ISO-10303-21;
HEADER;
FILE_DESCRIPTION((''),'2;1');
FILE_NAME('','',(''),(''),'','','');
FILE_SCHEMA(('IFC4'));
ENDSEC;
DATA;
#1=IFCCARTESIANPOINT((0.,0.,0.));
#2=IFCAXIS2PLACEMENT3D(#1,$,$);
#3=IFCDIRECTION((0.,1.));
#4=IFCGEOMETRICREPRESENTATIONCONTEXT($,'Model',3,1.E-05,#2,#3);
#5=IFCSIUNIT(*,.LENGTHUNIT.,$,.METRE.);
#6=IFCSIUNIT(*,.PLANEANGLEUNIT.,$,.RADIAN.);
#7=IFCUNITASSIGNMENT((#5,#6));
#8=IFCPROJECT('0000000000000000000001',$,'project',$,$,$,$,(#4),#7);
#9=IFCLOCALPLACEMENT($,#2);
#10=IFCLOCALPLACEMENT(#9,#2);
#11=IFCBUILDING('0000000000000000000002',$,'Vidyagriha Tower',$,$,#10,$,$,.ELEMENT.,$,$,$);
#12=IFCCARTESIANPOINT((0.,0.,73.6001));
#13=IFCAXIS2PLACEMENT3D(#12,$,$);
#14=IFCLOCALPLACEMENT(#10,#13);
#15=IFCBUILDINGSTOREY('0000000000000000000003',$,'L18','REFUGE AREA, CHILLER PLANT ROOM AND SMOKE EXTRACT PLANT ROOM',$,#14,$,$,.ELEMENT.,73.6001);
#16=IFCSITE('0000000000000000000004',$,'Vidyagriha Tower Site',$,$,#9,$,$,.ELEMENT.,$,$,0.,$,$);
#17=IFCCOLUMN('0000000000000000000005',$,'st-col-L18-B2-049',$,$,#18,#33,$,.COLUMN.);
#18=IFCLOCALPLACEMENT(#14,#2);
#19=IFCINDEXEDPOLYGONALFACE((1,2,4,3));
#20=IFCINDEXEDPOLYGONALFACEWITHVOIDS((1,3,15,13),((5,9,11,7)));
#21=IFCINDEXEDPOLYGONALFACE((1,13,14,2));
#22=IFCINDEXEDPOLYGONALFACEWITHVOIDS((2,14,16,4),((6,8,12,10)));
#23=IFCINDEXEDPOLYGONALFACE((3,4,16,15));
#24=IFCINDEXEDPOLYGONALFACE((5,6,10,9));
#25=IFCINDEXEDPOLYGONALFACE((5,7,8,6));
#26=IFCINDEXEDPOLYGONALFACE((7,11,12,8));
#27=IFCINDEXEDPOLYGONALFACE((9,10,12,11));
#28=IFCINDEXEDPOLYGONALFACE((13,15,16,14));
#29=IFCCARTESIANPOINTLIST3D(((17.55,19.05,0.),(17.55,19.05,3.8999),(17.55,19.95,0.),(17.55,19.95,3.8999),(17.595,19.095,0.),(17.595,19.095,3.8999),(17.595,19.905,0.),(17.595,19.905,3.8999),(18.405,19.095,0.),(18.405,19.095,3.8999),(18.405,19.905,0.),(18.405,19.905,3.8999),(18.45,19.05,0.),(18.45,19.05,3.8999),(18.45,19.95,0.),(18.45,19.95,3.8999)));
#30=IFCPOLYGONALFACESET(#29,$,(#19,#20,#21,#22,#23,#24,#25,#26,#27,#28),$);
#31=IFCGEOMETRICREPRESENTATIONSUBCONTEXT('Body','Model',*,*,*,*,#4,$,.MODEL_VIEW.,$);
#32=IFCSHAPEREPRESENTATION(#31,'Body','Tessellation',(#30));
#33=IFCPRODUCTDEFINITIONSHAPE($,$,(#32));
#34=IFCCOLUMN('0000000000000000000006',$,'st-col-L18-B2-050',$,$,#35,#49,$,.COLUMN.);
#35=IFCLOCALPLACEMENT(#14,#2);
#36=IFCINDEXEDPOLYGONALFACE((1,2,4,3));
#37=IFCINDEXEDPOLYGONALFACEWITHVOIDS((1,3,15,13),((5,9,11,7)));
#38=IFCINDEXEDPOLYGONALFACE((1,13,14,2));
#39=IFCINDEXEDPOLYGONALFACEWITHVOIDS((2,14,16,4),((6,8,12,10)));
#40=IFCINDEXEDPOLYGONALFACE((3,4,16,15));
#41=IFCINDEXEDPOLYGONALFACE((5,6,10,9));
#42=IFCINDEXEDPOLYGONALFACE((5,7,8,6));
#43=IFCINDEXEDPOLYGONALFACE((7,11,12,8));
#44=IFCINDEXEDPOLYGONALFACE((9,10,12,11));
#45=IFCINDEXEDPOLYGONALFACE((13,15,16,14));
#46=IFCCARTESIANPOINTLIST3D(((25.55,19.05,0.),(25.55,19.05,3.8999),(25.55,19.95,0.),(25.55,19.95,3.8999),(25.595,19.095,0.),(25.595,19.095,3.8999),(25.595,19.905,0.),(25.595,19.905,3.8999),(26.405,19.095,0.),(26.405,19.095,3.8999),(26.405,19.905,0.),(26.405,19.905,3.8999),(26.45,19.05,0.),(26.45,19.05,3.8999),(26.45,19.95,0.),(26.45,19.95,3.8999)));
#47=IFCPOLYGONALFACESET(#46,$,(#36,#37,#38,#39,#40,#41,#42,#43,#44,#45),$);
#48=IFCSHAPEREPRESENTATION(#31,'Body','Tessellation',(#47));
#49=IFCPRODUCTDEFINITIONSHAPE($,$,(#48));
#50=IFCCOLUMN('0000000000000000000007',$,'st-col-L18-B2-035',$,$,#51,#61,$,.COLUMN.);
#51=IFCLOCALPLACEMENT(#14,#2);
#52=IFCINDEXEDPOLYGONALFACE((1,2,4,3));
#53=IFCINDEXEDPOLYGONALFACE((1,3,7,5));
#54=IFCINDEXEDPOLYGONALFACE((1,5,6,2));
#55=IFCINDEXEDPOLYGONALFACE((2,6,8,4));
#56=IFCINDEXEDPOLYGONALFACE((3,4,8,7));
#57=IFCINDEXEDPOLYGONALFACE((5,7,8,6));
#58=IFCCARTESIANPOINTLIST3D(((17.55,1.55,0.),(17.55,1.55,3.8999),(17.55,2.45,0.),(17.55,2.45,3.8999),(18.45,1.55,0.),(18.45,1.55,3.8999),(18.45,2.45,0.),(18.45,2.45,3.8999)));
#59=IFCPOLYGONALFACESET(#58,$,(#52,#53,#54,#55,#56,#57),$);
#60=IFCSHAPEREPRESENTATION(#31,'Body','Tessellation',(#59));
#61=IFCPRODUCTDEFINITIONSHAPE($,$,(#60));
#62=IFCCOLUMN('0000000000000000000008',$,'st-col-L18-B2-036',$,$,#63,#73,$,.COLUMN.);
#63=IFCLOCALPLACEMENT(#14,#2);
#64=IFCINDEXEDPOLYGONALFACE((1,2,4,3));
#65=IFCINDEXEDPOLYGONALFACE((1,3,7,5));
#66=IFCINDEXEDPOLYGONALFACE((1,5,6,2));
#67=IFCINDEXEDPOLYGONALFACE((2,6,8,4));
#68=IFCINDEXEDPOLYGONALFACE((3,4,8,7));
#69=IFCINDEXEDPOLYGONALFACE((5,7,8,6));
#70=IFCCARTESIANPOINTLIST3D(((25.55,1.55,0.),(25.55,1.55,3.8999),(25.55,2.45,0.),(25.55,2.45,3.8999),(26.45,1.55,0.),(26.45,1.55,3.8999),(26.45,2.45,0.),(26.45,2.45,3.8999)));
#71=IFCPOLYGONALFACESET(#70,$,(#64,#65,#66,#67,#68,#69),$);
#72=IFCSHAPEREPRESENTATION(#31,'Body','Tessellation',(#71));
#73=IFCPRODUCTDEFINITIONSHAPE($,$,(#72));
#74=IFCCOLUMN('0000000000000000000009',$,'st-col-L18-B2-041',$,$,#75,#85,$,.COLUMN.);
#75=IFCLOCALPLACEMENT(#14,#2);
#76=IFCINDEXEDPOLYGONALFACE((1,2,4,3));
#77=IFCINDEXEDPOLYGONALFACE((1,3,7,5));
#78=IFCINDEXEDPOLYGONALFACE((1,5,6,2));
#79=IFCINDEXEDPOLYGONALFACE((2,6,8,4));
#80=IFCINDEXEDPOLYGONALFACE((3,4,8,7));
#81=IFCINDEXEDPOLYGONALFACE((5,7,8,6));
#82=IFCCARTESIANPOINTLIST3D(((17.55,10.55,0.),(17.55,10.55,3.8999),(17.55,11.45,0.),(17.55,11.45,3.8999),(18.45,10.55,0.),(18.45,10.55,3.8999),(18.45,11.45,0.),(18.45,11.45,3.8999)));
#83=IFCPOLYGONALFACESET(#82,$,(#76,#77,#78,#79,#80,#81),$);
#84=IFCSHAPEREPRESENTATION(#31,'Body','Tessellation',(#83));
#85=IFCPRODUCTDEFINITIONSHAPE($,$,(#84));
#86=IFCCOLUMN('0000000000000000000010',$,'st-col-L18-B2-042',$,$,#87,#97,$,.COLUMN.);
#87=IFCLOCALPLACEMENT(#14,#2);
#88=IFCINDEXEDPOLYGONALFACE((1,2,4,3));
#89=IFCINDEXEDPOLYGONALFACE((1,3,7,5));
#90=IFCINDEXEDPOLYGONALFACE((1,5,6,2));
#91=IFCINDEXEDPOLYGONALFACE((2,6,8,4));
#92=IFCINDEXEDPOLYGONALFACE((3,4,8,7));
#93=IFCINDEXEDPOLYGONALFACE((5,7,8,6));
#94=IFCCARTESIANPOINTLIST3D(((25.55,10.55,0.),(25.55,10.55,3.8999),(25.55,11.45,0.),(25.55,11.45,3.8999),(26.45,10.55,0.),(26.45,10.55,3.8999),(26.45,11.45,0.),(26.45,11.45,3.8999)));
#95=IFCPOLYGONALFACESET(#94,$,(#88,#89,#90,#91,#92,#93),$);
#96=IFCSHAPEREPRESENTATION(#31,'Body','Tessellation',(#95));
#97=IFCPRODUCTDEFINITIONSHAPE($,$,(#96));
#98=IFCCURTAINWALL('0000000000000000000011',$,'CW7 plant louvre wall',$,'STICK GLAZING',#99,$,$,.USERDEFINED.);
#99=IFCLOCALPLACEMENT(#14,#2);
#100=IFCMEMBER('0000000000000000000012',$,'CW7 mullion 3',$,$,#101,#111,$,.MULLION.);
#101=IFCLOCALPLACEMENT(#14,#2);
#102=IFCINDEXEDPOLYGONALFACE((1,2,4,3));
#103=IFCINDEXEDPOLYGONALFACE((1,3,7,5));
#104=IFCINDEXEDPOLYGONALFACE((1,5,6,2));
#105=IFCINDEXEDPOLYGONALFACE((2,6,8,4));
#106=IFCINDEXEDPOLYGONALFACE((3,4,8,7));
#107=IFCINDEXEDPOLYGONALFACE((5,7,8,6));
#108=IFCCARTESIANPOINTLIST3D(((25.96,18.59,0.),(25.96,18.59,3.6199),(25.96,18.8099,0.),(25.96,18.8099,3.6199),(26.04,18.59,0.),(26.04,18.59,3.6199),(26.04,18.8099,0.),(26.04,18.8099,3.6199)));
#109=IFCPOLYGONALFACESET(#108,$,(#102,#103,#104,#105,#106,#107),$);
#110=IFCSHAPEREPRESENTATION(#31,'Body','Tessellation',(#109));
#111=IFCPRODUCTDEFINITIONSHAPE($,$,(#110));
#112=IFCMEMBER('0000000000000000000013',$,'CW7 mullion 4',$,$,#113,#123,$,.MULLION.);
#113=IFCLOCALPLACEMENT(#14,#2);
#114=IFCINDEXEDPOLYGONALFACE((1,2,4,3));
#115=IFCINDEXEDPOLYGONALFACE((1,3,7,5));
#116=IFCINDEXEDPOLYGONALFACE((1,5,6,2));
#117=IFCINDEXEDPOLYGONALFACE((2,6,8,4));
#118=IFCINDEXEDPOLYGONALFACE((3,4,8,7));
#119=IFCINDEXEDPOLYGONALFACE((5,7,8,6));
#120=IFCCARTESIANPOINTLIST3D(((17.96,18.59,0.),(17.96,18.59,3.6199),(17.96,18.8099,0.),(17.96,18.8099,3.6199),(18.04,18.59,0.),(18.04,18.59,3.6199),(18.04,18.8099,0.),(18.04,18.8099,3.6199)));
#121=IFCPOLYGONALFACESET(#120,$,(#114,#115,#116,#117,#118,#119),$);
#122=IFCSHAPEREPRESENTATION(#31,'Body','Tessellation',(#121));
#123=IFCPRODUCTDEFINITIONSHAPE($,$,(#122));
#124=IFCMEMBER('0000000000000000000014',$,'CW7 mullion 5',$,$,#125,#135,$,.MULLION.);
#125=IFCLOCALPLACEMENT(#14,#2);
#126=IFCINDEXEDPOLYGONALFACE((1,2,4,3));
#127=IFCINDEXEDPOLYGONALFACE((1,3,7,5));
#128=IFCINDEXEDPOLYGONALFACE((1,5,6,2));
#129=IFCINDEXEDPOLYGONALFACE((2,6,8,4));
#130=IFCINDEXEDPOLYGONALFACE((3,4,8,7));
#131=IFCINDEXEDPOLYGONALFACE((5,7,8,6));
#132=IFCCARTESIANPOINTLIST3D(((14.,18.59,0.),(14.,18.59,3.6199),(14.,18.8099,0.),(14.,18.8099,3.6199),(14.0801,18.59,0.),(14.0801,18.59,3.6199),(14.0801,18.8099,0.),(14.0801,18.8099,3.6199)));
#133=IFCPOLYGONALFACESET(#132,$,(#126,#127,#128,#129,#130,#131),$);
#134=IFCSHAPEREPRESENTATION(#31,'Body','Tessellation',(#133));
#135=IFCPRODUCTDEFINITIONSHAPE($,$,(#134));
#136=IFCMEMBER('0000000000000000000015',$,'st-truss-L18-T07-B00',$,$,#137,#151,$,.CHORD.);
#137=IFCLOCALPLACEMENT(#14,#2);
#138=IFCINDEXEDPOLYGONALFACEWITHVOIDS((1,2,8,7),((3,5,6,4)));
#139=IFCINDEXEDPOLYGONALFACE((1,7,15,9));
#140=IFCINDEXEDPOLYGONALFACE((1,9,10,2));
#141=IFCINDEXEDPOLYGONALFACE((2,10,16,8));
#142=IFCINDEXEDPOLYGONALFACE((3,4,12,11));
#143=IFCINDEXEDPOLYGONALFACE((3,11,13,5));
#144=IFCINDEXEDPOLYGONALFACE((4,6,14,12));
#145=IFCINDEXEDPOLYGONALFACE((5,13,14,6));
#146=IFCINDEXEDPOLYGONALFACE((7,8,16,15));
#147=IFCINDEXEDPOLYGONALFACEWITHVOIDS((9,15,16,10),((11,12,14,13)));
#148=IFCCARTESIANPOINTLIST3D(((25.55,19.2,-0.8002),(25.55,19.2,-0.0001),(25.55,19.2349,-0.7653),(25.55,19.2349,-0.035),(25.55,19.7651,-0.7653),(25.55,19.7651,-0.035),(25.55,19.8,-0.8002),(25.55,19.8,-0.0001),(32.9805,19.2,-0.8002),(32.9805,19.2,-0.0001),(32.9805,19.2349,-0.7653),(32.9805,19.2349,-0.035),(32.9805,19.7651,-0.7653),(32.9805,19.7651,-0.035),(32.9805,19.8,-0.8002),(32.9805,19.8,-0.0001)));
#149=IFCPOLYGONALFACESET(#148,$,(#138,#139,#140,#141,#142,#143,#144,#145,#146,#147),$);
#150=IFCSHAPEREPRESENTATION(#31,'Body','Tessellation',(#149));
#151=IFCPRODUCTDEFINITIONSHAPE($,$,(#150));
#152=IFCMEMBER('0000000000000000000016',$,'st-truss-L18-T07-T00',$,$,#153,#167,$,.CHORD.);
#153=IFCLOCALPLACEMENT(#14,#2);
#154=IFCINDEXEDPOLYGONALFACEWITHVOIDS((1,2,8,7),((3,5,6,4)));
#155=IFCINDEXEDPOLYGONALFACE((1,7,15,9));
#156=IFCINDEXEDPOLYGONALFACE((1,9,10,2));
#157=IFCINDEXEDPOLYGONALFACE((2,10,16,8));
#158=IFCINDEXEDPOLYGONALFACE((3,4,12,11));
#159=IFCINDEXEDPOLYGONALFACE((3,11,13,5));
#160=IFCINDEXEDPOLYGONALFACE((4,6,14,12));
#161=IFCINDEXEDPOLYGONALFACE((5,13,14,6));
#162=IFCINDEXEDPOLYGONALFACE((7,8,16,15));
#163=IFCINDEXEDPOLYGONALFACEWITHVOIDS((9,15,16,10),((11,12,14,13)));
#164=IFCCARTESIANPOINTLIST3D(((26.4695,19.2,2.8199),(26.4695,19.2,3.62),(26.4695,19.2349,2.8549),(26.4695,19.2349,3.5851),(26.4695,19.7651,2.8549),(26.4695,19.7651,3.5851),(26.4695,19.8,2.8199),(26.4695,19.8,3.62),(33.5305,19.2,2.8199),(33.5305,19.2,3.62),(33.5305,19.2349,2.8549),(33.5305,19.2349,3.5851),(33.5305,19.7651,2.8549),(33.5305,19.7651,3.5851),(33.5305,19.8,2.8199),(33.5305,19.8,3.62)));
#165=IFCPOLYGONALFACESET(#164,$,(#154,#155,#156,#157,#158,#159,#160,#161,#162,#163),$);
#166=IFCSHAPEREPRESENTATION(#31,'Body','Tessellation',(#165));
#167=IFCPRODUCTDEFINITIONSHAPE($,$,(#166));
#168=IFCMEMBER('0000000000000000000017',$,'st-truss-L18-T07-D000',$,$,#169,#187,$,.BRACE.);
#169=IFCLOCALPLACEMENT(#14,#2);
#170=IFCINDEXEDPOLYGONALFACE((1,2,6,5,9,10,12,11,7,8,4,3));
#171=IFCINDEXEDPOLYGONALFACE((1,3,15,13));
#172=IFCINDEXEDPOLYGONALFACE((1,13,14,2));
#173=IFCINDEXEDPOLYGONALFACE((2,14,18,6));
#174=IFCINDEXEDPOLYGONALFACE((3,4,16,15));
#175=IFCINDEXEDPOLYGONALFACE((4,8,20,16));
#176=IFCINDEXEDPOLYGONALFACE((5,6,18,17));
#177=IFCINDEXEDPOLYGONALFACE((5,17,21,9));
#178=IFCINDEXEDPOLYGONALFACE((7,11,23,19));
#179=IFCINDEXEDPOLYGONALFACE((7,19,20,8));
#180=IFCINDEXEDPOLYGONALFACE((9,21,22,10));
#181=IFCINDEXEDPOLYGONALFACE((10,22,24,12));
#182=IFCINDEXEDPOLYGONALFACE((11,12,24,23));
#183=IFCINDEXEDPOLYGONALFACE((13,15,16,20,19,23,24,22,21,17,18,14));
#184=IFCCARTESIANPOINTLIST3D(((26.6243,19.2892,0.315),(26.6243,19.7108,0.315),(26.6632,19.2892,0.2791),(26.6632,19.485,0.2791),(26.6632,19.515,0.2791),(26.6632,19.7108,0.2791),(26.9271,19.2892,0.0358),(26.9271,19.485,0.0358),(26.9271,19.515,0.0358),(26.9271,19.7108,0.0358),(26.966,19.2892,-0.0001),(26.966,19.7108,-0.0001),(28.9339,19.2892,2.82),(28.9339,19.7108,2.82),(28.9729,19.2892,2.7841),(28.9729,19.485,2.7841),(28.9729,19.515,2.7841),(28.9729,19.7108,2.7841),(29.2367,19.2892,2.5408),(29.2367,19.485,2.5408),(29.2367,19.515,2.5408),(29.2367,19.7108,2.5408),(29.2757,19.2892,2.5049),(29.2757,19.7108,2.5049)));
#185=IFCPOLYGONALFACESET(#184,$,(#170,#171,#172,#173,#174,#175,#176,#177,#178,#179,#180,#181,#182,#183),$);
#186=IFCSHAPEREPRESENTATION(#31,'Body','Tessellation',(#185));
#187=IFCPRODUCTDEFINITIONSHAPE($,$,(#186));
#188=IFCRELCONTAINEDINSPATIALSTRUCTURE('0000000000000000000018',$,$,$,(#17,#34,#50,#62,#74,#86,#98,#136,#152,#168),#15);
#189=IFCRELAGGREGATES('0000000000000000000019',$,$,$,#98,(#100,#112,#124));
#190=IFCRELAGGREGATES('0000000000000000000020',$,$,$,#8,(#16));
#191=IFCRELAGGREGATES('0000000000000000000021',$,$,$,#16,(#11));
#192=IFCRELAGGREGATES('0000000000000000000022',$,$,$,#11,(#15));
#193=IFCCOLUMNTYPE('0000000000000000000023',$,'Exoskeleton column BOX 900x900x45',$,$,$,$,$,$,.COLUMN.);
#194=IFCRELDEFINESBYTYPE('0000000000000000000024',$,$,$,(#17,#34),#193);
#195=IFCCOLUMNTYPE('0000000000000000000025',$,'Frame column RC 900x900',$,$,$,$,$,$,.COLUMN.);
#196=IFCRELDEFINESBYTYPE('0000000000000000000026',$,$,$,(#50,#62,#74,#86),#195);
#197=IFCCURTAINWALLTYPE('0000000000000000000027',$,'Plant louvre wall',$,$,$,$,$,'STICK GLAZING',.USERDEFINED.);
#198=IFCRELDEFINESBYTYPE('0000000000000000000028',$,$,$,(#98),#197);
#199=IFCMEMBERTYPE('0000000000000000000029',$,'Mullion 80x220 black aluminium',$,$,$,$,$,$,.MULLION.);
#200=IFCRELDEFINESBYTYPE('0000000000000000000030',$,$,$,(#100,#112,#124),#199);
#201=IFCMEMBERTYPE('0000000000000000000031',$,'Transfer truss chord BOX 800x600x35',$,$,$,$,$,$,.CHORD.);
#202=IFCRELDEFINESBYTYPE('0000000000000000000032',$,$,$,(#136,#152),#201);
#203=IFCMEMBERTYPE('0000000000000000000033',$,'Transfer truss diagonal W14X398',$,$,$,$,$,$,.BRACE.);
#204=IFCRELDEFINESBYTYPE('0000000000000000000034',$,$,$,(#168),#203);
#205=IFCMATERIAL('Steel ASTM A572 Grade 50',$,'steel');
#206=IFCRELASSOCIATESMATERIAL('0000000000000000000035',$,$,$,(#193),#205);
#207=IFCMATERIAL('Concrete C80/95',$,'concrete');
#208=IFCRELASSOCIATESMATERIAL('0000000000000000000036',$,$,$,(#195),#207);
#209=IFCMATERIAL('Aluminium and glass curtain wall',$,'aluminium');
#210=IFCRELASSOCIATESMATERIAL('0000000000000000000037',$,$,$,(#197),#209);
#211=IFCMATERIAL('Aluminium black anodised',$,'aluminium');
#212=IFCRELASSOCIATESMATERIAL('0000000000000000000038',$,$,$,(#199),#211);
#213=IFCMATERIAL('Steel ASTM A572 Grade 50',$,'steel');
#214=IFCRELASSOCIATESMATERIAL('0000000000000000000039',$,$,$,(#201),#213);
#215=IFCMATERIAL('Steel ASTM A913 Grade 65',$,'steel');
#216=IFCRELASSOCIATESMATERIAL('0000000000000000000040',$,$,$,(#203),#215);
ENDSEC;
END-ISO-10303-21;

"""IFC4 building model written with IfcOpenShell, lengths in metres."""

from ifc_helpers import new_model, si_unit, direction, frame, origin, origin_2d, place, context, subcontext, project, spatial, rectangle, hollow_rectangle, i_section, extrude, material, material_profile, profile_set, type_object, element, aggregate, save


model = new_model("IFC4")

# Units and contexts
model_context = context("Model", 3, precision=1e-05, world=origin(), true_north=direction((0.0, 1.0)))
body_context = subcontext(model_context, "Body", "Model", "MODEL_VIEW")
ifc_project = project(units=[si_unit("LENGTHUNIT", "METRE"), si_unit("PLANEANGLEUNIT", "RADIAN")], contexts=[model_context])

# Site, building, storey
site_placement = place(None, origin())
site = spatial("IfcSite", under=ifc_project, at=site_placement, Name="Vidyagriha Tower Site", CompositionType="ELEMENT", RefElevation=0.0)
building_placement = place(site_placement, origin())
building = spatial("IfcBuilding", under=site, at=building_placement, Name="Vidyagriha Tower", CompositionType="ELEMENT")
storey_placement = place(building_placement, frame((0.0, 0.0, 73.6001)))
storey = spatial("IfcBuildingStorey", under=building, at=storey_placement, Name="L18", Description="REFUGE AREA, CHILLER PLANT ROOM AND SMOKE EXTRACT PLANT ROOM", CompositionType="ELEMENT", Elevation=73.6001)

# Columns
ifc_material_1 = material(Name="Steel ASTM A572 Grade 50", Category="steel")
ifc_material_profile_1 = material_profile(ifc_material_1, hollow_rectangle(XDim=0.8999, YDim=0.8999, WallThickness=0.0449, at=origin_2d()), Name="BOX 900x900x45")
ifc_profile_set_1 = profile_set([ifc_material_profile_1], Name="Steel ASTM A572 Grade 50")
column_type_1 = type_object("IfcColumnType", Name="Exoskeleton column BOX 900x900x45", PredefinedType="COLUMN", material=ifc_profile_set_1)
for number, where, name in (
    (1, (18.0, 19.5, 0.0), "st-col-L18-B2-049"),
    (2, (26.0, 19.5, 0.0), "st-col-L18-B2-050"),
):
    element("IfcColumn", number, at=place(storey_placement, frame(where)), inside=storey, type_object=column_type_1, Name=name, PredefinedType="COLUMN", context=body_context, shape_type="SweptSolid", body=[
        extrude(hollow_rectangle(XDim=0.8999, YDim=0.8999, WallThickness=0.0449, at=origin_2d()), origin(), (0.0, 0.0, 1.0), 3.8999),
    ])
ifc_material_2 = material(Name="Concrete C80/95", Category="concrete")
ifc_material_profile_2 = material_profile(ifc_material_2, rectangle(XDim=0.8999, YDim=0.8999, at=origin_2d()), Name="RC 900x900")
ifc_profile_set_2 = profile_set([ifc_material_profile_2], Name="Concrete C80/95")
column_type_2 = type_object("IfcColumnType", Name="Frame column RC 900x900", PredefinedType="COLUMN", material=ifc_profile_set_2)
for number, where, name in (
    (3, (18.0, 2.0, 0.0), "st-col-L18-B2-035"),
    (4, (26.0, 2.0, 0.0), "st-col-L18-B2-036"),
    (5, (18.0, 11.0, 0.0), "st-col-L18-B2-041"),
    (6, (26.0, 11.0, 0.0), "st-col-L18-B2-042"),
):
    element("IfcColumn", number, at=place(storey_placement, frame(where)), inside=storey, type_object=column_type_2, Name=name, PredefinedType="COLUMN", context=body_context, shape_type="SweptSolid", body=[
        extrude(rectangle(XDim=0.8999, YDim=0.8999, at=origin_2d()), origin(), (0.0, 0.0, 1.0), 3.8999),
    ])

# Curtain wall, members
ifc_material_3 = material(Name="Aluminium and glass curtain wall", Category="aluminium")
curtain_wall_type = type_object("IfcCurtainWallType", Name="Plant louvre wall", ElementType="STICK GLAZING", PredefinedType="USERDEFINED", material=ifc_material_3)
curtain_wall_placement = place(storey_placement, origin())
curtain_wall = element("IfcCurtainWall", 7, at=curtain_wall_placement, inside=storey, type_object=curtain_wall_type, Name="CW7 plant louvre wall", ObjectType="STICK GLAZING", PredefinedType="USERDEFINED")
ifc_material_4 = material(Name="Aluminium black anodised", Category="aluminium")
ifc_material_profile_3 = material_profile(ifc_material_4, rectangle(XDim=0.22, YDim=0.0801, at=origin_2d()), Name="Mullion 80x220 black aluminium")
ifc_profile_set_3 = profile_set([ifc_material_profile_3], Name="Aluminium black anodised")
member_type_1 = type_object("IfcMemberType", Name="Mullion 80x220 black aluminium", PredefinedType="MULLION", material=ifc_profile_set_3)
member_1_placement = place(storey_placement, frame((26.0, 18.7, 0.0), z_axis=(0.0, 0.0, 1.0), x_axis=(0.0, -1.0, 0.0)))
member_1 = element("IfcMember", 8, at=member_1_placement, type_object=member_type_1, Name="CW7 mullion 3", PredefinedType="MULLION", context=body_context, shape_type="SweptSolid", body=[
    extrude(rectangle(XDim=0.22, YDim=0.0801, at=origin_2d()), origin(), (0.0, 0.0, 1.0), 3.6199),
])
member_2_placement = place(storey_placement, frame((18.0, 18.7, 0.0), z_axis=(0.0, 0.0, 1.0), x_axis=(0.0, -1.0, 0.0)))
member_2 = element("IfcMember", 9, at=member_2_placement, type_object=member_type_1, Name="CW7 mullion 4", PredefinedType="MULLION", context=body_context, shape_type="SweptSolid", body=[
    extrude(rectangle(XDim=0.22, YDim=0.0801, at=origin_2d()), origin(), (0.0, 0.0, 1.0), 3.6199),
])
member_3_placement = place(storey_placement, frame((14.04, 18.7, 0.0), z_axis=(0.0, 0.0, 1.0), x_axis=(0.0, -1.0, 0.0)))
member_3 = element("IfcMember", 10, at=member_3_placement, type_object=member_type_1, Name="CW7 mullion 5", PredefinedType="MULLION", context=body_context, shape_type="SweptSolid", body=[
    extrude(rectangle(XDim=0.22, YDim=0.0801, at=origin_2d()), origin(), (0.0, 0.0, 1.0), 3.6199),
])

# Members
ifc_material_5 = material(Name="Steel ASTM A572 Grade 50", Category="steel")
ifc_material_profile_4 = material_profile(ifc_material_5, hollow_rectangle(XDim=0.6001, YDim=0.8, WallThickness=0.0349, at=origin_2d()), Name="BOX 800x600x35")
ifc_profile_set_4 = profile_set([ifc_material_profile_4], Name="Steel ASTM A572 Grade 50")
member_type_2 = type_object("IfcMemberType", Name="Transfer truss chord BOX 800x600x35", PredefinedType="CHORD", material=ifc_profile_set_4)
member_4_placement = place(storey_placement, frame((25.55, 19.5, -0.4001), z_axis=(1.0, 0.0, 0.0), x_axis=(0.0, 1.0, 0.0)))
element("IfcMember", 11, at=member_4_placement, inside=storey, type_object=member_type_2, Name="st-truss-L18-T07-B00", PredefinedType="CHORD", context=body_context, shape_type="SweptSolid", body=[
    extrude(hollow_rectangle(XDim=0.6001, YDim=0.8, WallThickness=0.0349, at=origin_2d()), origin(), (0.0, 0.0, 1.0), 7.4304),
])
member_5_placement = place(storey_placement, frame((26.4695, 19.5, 3.22), z_axis=(1.0, 0.0, 0.0), x_axis=(0.0, 1.0, 0.0)))
element("IfcMember", 12, at=member_5_placement, inside=storey, type_object=member_type_2, Name="st-truss-L18-T07-T00", PredefinedType="CHORD", context=body_context, shape_type="SweptSolid", body=[
    extrude(hollow_rectangle(XDim=0.6001, YDim=0.8, WallThickness=0.0349, at=origin_2d()), origin(), (0.0, 0.0, 1.0), 7.061),
])
ifc_material_6 = material(Name="Steel ASTM A913 Grade 65", Category="steel")
ifc_material_profile_5 = material_profile(ifc_material_6, i_section(OverallWidth=0.4216, OverallDepth=0.4648, WebThickness=0.03, FlangeThickness=0.053, at=origin_2d()), Name="W14X398")
ifc_profile_set_5 = profile_set([ifc_material_profile_5], Name="Steel ASTM A913 Grade 65")
member_type_3 = type_object("IfcMemberType", Name="Transfer truss diagonal W14X398", PredefinedType="BRACE", material=ifc_profile_set_5)
member_6_placement = place(storey_placement, frame((26.7952, 19.5, 0.1575), z_axis=(0.677863, 0.0, 0.735188), x_axis=(0.0, 1.0, 0.0)))
element("IfcMember", 13, at=member_6_placement, inside=storey, type_object=member_type_3, Name="st-truss-L18-T07-D000", PredefinedType="BRACE", context=body_context, shape_type="SweptSolid", body=[
    extrude(i_section(OverallWidth=0.4216, OverallDepth=0.4648, WebThickness=0.03, FlangeThickness=0.053, at=origin_2d()), origin(), (0.0, 0.0, 1.0), 3.4072),
])

aggregate(curtain_wall, [member_1, member_2, member_3])

save(model, "model.ifc")
